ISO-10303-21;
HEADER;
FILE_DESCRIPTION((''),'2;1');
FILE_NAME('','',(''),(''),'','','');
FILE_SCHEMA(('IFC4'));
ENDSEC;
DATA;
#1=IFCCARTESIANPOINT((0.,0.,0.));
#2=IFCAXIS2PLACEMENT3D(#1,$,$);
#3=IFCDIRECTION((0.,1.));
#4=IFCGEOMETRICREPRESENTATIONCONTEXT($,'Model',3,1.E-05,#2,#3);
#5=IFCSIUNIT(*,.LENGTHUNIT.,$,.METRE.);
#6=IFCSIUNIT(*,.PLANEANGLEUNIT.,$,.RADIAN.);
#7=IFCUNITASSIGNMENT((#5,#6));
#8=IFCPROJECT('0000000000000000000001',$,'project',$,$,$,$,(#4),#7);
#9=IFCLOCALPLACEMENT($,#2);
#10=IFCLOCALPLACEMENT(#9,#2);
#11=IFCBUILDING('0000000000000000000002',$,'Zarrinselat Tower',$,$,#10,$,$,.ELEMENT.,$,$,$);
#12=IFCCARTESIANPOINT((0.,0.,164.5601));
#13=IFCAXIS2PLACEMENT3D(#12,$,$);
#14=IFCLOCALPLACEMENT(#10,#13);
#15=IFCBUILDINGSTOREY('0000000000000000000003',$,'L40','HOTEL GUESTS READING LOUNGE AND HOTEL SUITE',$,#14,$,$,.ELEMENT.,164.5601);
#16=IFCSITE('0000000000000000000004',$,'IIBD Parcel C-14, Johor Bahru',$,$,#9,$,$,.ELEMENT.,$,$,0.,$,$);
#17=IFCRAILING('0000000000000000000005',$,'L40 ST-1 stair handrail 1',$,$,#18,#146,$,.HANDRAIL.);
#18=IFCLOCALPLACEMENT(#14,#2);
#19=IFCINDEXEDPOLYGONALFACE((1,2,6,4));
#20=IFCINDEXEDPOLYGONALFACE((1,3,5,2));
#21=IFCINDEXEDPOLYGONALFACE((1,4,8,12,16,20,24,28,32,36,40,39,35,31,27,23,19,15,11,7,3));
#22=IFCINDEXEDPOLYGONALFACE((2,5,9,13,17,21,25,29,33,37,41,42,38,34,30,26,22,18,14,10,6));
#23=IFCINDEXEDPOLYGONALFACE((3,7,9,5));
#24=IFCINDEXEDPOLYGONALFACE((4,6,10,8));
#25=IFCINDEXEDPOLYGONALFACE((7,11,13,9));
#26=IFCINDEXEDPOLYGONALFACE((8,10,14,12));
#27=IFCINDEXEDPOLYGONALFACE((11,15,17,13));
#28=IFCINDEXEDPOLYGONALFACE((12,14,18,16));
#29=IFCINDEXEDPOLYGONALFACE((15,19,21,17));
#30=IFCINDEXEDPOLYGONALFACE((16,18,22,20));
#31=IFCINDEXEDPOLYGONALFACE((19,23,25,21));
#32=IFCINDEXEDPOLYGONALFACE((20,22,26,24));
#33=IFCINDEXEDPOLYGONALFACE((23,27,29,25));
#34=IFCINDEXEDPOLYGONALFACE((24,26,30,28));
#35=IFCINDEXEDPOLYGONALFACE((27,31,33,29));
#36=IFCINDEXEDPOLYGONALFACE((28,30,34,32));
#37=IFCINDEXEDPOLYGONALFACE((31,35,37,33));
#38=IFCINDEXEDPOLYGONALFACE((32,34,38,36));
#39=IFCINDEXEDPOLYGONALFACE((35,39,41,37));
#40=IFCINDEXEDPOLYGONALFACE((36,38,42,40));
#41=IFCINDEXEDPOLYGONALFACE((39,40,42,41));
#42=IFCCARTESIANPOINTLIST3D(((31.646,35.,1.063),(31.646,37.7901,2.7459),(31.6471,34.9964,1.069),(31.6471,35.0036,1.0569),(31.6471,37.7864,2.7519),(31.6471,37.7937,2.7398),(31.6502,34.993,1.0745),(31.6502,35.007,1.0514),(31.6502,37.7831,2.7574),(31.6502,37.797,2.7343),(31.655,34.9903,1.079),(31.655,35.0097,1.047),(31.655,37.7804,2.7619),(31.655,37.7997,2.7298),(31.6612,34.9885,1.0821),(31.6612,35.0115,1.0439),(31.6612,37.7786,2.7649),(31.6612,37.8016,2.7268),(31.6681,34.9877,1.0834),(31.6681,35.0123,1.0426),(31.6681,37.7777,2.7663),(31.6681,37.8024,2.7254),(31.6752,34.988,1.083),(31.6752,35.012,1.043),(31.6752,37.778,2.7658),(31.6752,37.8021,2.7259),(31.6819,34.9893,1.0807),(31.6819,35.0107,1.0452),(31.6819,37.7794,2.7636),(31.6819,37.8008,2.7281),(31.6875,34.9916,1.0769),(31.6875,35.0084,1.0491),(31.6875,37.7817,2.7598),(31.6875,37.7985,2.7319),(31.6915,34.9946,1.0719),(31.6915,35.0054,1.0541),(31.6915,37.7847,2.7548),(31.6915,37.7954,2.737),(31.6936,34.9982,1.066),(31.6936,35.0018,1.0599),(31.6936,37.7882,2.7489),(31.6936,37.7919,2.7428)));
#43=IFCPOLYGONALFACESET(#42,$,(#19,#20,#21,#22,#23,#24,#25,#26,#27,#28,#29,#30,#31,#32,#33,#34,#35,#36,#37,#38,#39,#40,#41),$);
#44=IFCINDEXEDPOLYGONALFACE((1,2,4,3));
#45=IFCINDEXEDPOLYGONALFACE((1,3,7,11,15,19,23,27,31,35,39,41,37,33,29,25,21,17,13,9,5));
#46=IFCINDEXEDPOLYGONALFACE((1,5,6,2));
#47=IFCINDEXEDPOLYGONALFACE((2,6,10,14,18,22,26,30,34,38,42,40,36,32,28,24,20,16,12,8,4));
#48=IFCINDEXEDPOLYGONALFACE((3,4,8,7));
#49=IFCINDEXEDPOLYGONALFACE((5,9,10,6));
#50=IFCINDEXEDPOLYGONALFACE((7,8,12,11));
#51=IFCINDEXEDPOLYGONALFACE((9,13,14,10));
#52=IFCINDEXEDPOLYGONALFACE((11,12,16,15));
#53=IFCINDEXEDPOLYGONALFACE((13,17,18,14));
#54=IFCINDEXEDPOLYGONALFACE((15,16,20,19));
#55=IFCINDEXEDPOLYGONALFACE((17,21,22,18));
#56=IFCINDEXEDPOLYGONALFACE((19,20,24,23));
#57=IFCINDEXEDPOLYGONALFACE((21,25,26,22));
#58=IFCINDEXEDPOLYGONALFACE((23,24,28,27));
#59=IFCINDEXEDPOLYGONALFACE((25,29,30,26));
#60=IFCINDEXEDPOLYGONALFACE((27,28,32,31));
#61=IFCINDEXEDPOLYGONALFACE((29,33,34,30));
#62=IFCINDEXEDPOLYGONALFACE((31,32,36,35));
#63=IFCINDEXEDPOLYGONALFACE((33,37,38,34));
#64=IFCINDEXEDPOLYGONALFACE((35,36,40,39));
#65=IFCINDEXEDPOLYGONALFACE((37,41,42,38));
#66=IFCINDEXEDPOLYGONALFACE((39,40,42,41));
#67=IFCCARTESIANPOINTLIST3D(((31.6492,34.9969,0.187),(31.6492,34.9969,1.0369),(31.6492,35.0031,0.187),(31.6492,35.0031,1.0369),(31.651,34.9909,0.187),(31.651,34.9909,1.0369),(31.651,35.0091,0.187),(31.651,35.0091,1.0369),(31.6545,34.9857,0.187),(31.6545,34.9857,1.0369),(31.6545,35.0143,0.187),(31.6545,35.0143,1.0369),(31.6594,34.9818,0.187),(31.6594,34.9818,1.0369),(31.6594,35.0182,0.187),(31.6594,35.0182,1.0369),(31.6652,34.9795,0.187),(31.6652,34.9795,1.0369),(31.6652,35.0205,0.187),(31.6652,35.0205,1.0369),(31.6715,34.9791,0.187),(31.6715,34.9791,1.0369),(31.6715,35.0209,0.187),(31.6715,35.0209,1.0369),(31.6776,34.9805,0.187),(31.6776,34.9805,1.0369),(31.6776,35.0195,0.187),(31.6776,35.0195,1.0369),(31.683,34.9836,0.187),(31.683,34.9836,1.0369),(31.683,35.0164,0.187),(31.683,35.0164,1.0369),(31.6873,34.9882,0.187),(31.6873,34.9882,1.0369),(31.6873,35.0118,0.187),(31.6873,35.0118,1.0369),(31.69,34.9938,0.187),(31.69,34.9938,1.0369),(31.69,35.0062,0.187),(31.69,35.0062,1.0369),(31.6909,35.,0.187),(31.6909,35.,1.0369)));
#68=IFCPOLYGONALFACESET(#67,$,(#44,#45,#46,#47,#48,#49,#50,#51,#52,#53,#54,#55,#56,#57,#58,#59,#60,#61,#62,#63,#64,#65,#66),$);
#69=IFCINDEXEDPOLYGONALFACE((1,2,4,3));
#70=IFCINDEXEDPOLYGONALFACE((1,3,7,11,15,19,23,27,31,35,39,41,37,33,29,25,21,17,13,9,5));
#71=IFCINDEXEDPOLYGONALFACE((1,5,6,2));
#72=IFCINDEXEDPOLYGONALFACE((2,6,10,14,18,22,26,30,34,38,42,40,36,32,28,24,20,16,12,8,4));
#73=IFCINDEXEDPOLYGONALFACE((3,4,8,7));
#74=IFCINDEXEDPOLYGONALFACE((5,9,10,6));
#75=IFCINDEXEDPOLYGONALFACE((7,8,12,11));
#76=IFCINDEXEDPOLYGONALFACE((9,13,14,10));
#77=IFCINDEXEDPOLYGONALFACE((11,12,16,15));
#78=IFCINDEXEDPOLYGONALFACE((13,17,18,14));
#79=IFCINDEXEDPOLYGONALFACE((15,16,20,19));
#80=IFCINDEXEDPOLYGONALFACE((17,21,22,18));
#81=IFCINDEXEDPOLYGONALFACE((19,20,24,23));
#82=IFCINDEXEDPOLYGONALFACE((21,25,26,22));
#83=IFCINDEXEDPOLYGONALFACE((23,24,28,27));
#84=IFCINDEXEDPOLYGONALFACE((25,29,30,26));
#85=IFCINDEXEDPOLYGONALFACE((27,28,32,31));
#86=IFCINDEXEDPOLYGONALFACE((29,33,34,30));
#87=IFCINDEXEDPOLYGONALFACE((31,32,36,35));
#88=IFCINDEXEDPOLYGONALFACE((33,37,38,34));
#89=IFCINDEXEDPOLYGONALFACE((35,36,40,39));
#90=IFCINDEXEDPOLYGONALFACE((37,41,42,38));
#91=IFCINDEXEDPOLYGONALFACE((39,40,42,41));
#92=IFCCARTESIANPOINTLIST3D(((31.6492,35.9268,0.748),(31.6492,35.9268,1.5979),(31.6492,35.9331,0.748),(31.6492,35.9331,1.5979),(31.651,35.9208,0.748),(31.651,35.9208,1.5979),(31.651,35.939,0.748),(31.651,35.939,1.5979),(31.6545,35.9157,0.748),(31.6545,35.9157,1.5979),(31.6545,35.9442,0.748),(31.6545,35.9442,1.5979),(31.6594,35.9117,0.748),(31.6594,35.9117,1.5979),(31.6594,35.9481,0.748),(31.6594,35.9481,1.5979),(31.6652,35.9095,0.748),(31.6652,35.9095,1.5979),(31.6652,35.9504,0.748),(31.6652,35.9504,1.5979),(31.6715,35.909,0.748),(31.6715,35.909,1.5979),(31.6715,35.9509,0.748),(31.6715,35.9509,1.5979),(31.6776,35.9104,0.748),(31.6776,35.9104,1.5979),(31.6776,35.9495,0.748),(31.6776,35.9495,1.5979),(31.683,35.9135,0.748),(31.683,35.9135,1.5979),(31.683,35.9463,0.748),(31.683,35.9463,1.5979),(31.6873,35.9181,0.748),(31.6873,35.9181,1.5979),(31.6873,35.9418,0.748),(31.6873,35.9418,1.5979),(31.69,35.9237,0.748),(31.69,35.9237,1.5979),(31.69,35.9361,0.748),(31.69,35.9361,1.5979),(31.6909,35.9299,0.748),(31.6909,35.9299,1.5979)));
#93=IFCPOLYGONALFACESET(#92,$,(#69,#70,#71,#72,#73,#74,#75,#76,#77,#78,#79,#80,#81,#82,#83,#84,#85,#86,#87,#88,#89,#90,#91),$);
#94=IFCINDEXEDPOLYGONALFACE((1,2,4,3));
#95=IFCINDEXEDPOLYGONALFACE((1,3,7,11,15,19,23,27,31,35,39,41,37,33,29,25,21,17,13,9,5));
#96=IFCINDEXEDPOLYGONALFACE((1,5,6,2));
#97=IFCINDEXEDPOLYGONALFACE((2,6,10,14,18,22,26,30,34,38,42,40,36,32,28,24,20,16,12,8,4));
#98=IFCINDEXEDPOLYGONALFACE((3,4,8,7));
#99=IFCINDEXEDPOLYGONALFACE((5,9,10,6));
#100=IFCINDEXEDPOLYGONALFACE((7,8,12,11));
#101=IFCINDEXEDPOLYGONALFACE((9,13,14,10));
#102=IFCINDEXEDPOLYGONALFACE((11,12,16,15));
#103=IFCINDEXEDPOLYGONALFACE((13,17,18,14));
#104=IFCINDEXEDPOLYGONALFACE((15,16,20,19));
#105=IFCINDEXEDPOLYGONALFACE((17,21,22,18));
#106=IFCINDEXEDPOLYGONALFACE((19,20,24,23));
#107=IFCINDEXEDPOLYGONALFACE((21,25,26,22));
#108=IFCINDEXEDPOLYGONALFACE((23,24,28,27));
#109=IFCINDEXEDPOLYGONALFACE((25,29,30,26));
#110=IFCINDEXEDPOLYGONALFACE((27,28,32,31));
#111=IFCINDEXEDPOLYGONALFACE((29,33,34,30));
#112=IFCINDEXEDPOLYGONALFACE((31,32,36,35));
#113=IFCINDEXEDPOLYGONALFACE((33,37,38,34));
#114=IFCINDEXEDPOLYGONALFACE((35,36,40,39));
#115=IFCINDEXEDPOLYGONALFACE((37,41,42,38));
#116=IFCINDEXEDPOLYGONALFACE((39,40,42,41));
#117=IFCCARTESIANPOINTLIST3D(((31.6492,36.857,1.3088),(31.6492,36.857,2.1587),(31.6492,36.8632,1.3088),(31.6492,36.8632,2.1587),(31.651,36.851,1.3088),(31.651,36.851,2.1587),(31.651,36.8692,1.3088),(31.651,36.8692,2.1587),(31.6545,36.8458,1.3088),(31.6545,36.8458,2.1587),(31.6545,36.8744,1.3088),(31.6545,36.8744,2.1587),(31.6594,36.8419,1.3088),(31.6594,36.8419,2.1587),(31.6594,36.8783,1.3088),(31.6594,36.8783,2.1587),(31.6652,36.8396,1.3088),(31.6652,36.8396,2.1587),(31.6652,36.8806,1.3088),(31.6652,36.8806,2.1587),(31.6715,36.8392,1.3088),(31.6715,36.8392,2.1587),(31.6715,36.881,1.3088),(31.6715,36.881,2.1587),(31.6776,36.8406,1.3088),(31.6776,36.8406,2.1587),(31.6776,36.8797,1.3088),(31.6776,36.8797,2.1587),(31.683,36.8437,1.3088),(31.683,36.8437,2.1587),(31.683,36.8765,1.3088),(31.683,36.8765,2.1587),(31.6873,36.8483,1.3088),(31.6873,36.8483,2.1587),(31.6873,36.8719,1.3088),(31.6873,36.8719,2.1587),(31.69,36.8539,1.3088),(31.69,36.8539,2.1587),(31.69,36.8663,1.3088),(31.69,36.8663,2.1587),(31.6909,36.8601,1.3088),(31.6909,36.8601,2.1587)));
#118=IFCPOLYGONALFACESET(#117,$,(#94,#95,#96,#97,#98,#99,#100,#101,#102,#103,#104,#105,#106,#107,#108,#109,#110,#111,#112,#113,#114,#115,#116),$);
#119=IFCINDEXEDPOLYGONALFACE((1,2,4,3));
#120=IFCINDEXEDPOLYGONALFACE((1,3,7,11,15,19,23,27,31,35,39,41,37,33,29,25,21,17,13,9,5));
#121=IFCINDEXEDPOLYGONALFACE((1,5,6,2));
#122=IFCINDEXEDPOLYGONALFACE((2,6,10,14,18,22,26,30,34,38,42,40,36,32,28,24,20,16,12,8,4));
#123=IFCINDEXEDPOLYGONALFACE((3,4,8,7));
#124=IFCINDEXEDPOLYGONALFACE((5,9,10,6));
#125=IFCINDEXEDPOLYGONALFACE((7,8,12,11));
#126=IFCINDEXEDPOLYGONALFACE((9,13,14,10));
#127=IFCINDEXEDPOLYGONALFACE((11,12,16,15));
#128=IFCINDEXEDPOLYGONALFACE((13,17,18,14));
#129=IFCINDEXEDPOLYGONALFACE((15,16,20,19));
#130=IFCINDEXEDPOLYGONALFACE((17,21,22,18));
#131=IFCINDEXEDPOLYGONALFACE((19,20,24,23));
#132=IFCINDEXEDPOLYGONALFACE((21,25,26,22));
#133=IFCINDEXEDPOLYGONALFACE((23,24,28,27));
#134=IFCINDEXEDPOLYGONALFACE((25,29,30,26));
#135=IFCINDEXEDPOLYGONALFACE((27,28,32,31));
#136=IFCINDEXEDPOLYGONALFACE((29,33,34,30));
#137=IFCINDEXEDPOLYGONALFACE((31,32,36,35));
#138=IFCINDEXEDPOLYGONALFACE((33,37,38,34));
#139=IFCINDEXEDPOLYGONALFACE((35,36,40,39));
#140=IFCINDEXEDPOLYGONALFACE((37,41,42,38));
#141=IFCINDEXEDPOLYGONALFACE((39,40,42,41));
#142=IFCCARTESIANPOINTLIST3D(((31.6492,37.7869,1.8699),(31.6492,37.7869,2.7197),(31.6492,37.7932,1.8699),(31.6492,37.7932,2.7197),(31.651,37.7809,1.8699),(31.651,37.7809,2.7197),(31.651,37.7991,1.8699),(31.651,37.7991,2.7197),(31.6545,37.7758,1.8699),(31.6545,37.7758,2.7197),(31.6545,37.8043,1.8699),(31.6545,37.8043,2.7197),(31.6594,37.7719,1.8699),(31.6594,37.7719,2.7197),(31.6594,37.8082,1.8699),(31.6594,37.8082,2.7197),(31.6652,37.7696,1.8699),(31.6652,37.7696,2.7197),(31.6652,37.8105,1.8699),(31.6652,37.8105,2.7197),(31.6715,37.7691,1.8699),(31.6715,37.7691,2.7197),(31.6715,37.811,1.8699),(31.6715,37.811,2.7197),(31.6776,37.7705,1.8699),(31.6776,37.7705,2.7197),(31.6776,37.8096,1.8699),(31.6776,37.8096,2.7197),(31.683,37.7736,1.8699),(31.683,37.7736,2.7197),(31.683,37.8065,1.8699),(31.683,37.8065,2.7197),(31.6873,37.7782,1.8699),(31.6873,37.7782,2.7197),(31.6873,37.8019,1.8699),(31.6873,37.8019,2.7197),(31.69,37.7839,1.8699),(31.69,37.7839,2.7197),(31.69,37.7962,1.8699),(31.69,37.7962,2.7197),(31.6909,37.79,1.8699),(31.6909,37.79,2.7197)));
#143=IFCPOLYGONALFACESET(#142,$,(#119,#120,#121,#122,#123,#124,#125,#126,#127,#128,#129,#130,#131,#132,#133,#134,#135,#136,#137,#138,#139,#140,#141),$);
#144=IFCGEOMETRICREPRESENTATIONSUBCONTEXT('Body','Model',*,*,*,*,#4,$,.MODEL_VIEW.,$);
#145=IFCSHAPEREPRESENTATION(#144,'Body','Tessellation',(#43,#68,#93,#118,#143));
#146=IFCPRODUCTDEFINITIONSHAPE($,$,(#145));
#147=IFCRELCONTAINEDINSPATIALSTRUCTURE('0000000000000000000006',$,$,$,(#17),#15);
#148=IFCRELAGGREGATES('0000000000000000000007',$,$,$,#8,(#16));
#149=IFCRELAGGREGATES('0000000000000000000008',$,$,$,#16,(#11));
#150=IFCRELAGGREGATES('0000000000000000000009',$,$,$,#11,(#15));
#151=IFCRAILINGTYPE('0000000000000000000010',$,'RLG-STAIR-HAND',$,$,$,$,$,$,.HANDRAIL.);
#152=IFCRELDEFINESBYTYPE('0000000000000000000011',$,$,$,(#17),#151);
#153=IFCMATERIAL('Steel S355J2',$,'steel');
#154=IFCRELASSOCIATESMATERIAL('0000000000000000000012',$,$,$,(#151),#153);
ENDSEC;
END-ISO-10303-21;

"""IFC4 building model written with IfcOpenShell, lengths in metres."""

from ifc_helpers import new_model, si_unit, direction, frame, origin, origin_2d, place, context, subcontext, project, spatial, circle, extrude, material, type_object, element, save


model = new_model("IFC4")

# Units and contexts
model_context = context("Model", 3, precision=1e-05, world=origin(), true_north=direction((0.0, 1.0)))
body_context = subcontext(model_context, "Body", "Model", "MODEL_VIEW")
ifc_project = project(units=[si_unit("LENGTHUNIT", "METRE"), si_unit("PLANEANGLEUNIT", "RADIAN")], contexts=[model_context])

# Site, building, storey
site_placement = place(None, origin())
site = spatial("IfcSite", under=ifc_project, at=site_placement, Name="IIBD Parcel C-14, Johor Bahru", CompositionType="ELEMENT", RefElevation=0.0)
building_placement = place(site_placement, origin())
building = spatial("IfcBuilding", under=site, at=building_placement, Name="Zarrinselat Tower", CompositionType="ELEMENT")
storey_placement = place(building_placement, frame((0.0, 0.0, 164.5601)))
storey = spatial("IfcBuildingStorey", under=building, at=storey_placement, Name="L40", Description="HOTEL GUESTS READING LOUNGE AND HOTEL SUITE", CompositionType="ELEMENT", Elevation=164.5601)

# Railing
ifc_material_1 = material(Name="Steel S355J2", Category="steel")
railing_type_1 = type_object("IfcRailingType", Name="RLG-STAIR-HAND", PredefinedType="HANDRAIL", material=ifc_material_1)
railing_1_placement = place(storey_placement, frame((31.6699, 35.0, 0.187)))
element("IfcRailing", 1, at=railing_1_placement, inside=storey, type_object=railing_type_1, Name="L40 ST-1 stair handrail 1", PredefinedType="HANDRAIL", context=body_context, shape_type="SweptSolid", body=[
    extrude(circle(Radius=0.0239, at=origin_2d()), frame((0.0, 0.0, 0.876), z_axis=(0.0, 0.856294, 0.516489), x_axis=(-1.0, 0.0, 0.0)), (0.0, 0.0, 1.0), 3.2583),
    extrude(circle(Radius=0.021, at=origin_2d()), origin(), (0.0, 0.0, 1.0), 0.8499),
    extrude(circle(Radius=0.021, at=origin_2d()), frame((0.0, 0.9299, 0.561)), (0.0, 0.0, 1.0), 0.8499),
    extrude(circle(Radius=0.021, at=origin_2d()), frame((0.0, 1.8601, 1.1218)), (0.0, 0.0, 1.0), 0.8499),
    extrude(circle(Radius=0.021, at=origin_2d()), frame((0.0, 2.79, 1.6829)), (0.0, 0.0, 1.0), 0.8499),
])

save(model, "model.ifc")
